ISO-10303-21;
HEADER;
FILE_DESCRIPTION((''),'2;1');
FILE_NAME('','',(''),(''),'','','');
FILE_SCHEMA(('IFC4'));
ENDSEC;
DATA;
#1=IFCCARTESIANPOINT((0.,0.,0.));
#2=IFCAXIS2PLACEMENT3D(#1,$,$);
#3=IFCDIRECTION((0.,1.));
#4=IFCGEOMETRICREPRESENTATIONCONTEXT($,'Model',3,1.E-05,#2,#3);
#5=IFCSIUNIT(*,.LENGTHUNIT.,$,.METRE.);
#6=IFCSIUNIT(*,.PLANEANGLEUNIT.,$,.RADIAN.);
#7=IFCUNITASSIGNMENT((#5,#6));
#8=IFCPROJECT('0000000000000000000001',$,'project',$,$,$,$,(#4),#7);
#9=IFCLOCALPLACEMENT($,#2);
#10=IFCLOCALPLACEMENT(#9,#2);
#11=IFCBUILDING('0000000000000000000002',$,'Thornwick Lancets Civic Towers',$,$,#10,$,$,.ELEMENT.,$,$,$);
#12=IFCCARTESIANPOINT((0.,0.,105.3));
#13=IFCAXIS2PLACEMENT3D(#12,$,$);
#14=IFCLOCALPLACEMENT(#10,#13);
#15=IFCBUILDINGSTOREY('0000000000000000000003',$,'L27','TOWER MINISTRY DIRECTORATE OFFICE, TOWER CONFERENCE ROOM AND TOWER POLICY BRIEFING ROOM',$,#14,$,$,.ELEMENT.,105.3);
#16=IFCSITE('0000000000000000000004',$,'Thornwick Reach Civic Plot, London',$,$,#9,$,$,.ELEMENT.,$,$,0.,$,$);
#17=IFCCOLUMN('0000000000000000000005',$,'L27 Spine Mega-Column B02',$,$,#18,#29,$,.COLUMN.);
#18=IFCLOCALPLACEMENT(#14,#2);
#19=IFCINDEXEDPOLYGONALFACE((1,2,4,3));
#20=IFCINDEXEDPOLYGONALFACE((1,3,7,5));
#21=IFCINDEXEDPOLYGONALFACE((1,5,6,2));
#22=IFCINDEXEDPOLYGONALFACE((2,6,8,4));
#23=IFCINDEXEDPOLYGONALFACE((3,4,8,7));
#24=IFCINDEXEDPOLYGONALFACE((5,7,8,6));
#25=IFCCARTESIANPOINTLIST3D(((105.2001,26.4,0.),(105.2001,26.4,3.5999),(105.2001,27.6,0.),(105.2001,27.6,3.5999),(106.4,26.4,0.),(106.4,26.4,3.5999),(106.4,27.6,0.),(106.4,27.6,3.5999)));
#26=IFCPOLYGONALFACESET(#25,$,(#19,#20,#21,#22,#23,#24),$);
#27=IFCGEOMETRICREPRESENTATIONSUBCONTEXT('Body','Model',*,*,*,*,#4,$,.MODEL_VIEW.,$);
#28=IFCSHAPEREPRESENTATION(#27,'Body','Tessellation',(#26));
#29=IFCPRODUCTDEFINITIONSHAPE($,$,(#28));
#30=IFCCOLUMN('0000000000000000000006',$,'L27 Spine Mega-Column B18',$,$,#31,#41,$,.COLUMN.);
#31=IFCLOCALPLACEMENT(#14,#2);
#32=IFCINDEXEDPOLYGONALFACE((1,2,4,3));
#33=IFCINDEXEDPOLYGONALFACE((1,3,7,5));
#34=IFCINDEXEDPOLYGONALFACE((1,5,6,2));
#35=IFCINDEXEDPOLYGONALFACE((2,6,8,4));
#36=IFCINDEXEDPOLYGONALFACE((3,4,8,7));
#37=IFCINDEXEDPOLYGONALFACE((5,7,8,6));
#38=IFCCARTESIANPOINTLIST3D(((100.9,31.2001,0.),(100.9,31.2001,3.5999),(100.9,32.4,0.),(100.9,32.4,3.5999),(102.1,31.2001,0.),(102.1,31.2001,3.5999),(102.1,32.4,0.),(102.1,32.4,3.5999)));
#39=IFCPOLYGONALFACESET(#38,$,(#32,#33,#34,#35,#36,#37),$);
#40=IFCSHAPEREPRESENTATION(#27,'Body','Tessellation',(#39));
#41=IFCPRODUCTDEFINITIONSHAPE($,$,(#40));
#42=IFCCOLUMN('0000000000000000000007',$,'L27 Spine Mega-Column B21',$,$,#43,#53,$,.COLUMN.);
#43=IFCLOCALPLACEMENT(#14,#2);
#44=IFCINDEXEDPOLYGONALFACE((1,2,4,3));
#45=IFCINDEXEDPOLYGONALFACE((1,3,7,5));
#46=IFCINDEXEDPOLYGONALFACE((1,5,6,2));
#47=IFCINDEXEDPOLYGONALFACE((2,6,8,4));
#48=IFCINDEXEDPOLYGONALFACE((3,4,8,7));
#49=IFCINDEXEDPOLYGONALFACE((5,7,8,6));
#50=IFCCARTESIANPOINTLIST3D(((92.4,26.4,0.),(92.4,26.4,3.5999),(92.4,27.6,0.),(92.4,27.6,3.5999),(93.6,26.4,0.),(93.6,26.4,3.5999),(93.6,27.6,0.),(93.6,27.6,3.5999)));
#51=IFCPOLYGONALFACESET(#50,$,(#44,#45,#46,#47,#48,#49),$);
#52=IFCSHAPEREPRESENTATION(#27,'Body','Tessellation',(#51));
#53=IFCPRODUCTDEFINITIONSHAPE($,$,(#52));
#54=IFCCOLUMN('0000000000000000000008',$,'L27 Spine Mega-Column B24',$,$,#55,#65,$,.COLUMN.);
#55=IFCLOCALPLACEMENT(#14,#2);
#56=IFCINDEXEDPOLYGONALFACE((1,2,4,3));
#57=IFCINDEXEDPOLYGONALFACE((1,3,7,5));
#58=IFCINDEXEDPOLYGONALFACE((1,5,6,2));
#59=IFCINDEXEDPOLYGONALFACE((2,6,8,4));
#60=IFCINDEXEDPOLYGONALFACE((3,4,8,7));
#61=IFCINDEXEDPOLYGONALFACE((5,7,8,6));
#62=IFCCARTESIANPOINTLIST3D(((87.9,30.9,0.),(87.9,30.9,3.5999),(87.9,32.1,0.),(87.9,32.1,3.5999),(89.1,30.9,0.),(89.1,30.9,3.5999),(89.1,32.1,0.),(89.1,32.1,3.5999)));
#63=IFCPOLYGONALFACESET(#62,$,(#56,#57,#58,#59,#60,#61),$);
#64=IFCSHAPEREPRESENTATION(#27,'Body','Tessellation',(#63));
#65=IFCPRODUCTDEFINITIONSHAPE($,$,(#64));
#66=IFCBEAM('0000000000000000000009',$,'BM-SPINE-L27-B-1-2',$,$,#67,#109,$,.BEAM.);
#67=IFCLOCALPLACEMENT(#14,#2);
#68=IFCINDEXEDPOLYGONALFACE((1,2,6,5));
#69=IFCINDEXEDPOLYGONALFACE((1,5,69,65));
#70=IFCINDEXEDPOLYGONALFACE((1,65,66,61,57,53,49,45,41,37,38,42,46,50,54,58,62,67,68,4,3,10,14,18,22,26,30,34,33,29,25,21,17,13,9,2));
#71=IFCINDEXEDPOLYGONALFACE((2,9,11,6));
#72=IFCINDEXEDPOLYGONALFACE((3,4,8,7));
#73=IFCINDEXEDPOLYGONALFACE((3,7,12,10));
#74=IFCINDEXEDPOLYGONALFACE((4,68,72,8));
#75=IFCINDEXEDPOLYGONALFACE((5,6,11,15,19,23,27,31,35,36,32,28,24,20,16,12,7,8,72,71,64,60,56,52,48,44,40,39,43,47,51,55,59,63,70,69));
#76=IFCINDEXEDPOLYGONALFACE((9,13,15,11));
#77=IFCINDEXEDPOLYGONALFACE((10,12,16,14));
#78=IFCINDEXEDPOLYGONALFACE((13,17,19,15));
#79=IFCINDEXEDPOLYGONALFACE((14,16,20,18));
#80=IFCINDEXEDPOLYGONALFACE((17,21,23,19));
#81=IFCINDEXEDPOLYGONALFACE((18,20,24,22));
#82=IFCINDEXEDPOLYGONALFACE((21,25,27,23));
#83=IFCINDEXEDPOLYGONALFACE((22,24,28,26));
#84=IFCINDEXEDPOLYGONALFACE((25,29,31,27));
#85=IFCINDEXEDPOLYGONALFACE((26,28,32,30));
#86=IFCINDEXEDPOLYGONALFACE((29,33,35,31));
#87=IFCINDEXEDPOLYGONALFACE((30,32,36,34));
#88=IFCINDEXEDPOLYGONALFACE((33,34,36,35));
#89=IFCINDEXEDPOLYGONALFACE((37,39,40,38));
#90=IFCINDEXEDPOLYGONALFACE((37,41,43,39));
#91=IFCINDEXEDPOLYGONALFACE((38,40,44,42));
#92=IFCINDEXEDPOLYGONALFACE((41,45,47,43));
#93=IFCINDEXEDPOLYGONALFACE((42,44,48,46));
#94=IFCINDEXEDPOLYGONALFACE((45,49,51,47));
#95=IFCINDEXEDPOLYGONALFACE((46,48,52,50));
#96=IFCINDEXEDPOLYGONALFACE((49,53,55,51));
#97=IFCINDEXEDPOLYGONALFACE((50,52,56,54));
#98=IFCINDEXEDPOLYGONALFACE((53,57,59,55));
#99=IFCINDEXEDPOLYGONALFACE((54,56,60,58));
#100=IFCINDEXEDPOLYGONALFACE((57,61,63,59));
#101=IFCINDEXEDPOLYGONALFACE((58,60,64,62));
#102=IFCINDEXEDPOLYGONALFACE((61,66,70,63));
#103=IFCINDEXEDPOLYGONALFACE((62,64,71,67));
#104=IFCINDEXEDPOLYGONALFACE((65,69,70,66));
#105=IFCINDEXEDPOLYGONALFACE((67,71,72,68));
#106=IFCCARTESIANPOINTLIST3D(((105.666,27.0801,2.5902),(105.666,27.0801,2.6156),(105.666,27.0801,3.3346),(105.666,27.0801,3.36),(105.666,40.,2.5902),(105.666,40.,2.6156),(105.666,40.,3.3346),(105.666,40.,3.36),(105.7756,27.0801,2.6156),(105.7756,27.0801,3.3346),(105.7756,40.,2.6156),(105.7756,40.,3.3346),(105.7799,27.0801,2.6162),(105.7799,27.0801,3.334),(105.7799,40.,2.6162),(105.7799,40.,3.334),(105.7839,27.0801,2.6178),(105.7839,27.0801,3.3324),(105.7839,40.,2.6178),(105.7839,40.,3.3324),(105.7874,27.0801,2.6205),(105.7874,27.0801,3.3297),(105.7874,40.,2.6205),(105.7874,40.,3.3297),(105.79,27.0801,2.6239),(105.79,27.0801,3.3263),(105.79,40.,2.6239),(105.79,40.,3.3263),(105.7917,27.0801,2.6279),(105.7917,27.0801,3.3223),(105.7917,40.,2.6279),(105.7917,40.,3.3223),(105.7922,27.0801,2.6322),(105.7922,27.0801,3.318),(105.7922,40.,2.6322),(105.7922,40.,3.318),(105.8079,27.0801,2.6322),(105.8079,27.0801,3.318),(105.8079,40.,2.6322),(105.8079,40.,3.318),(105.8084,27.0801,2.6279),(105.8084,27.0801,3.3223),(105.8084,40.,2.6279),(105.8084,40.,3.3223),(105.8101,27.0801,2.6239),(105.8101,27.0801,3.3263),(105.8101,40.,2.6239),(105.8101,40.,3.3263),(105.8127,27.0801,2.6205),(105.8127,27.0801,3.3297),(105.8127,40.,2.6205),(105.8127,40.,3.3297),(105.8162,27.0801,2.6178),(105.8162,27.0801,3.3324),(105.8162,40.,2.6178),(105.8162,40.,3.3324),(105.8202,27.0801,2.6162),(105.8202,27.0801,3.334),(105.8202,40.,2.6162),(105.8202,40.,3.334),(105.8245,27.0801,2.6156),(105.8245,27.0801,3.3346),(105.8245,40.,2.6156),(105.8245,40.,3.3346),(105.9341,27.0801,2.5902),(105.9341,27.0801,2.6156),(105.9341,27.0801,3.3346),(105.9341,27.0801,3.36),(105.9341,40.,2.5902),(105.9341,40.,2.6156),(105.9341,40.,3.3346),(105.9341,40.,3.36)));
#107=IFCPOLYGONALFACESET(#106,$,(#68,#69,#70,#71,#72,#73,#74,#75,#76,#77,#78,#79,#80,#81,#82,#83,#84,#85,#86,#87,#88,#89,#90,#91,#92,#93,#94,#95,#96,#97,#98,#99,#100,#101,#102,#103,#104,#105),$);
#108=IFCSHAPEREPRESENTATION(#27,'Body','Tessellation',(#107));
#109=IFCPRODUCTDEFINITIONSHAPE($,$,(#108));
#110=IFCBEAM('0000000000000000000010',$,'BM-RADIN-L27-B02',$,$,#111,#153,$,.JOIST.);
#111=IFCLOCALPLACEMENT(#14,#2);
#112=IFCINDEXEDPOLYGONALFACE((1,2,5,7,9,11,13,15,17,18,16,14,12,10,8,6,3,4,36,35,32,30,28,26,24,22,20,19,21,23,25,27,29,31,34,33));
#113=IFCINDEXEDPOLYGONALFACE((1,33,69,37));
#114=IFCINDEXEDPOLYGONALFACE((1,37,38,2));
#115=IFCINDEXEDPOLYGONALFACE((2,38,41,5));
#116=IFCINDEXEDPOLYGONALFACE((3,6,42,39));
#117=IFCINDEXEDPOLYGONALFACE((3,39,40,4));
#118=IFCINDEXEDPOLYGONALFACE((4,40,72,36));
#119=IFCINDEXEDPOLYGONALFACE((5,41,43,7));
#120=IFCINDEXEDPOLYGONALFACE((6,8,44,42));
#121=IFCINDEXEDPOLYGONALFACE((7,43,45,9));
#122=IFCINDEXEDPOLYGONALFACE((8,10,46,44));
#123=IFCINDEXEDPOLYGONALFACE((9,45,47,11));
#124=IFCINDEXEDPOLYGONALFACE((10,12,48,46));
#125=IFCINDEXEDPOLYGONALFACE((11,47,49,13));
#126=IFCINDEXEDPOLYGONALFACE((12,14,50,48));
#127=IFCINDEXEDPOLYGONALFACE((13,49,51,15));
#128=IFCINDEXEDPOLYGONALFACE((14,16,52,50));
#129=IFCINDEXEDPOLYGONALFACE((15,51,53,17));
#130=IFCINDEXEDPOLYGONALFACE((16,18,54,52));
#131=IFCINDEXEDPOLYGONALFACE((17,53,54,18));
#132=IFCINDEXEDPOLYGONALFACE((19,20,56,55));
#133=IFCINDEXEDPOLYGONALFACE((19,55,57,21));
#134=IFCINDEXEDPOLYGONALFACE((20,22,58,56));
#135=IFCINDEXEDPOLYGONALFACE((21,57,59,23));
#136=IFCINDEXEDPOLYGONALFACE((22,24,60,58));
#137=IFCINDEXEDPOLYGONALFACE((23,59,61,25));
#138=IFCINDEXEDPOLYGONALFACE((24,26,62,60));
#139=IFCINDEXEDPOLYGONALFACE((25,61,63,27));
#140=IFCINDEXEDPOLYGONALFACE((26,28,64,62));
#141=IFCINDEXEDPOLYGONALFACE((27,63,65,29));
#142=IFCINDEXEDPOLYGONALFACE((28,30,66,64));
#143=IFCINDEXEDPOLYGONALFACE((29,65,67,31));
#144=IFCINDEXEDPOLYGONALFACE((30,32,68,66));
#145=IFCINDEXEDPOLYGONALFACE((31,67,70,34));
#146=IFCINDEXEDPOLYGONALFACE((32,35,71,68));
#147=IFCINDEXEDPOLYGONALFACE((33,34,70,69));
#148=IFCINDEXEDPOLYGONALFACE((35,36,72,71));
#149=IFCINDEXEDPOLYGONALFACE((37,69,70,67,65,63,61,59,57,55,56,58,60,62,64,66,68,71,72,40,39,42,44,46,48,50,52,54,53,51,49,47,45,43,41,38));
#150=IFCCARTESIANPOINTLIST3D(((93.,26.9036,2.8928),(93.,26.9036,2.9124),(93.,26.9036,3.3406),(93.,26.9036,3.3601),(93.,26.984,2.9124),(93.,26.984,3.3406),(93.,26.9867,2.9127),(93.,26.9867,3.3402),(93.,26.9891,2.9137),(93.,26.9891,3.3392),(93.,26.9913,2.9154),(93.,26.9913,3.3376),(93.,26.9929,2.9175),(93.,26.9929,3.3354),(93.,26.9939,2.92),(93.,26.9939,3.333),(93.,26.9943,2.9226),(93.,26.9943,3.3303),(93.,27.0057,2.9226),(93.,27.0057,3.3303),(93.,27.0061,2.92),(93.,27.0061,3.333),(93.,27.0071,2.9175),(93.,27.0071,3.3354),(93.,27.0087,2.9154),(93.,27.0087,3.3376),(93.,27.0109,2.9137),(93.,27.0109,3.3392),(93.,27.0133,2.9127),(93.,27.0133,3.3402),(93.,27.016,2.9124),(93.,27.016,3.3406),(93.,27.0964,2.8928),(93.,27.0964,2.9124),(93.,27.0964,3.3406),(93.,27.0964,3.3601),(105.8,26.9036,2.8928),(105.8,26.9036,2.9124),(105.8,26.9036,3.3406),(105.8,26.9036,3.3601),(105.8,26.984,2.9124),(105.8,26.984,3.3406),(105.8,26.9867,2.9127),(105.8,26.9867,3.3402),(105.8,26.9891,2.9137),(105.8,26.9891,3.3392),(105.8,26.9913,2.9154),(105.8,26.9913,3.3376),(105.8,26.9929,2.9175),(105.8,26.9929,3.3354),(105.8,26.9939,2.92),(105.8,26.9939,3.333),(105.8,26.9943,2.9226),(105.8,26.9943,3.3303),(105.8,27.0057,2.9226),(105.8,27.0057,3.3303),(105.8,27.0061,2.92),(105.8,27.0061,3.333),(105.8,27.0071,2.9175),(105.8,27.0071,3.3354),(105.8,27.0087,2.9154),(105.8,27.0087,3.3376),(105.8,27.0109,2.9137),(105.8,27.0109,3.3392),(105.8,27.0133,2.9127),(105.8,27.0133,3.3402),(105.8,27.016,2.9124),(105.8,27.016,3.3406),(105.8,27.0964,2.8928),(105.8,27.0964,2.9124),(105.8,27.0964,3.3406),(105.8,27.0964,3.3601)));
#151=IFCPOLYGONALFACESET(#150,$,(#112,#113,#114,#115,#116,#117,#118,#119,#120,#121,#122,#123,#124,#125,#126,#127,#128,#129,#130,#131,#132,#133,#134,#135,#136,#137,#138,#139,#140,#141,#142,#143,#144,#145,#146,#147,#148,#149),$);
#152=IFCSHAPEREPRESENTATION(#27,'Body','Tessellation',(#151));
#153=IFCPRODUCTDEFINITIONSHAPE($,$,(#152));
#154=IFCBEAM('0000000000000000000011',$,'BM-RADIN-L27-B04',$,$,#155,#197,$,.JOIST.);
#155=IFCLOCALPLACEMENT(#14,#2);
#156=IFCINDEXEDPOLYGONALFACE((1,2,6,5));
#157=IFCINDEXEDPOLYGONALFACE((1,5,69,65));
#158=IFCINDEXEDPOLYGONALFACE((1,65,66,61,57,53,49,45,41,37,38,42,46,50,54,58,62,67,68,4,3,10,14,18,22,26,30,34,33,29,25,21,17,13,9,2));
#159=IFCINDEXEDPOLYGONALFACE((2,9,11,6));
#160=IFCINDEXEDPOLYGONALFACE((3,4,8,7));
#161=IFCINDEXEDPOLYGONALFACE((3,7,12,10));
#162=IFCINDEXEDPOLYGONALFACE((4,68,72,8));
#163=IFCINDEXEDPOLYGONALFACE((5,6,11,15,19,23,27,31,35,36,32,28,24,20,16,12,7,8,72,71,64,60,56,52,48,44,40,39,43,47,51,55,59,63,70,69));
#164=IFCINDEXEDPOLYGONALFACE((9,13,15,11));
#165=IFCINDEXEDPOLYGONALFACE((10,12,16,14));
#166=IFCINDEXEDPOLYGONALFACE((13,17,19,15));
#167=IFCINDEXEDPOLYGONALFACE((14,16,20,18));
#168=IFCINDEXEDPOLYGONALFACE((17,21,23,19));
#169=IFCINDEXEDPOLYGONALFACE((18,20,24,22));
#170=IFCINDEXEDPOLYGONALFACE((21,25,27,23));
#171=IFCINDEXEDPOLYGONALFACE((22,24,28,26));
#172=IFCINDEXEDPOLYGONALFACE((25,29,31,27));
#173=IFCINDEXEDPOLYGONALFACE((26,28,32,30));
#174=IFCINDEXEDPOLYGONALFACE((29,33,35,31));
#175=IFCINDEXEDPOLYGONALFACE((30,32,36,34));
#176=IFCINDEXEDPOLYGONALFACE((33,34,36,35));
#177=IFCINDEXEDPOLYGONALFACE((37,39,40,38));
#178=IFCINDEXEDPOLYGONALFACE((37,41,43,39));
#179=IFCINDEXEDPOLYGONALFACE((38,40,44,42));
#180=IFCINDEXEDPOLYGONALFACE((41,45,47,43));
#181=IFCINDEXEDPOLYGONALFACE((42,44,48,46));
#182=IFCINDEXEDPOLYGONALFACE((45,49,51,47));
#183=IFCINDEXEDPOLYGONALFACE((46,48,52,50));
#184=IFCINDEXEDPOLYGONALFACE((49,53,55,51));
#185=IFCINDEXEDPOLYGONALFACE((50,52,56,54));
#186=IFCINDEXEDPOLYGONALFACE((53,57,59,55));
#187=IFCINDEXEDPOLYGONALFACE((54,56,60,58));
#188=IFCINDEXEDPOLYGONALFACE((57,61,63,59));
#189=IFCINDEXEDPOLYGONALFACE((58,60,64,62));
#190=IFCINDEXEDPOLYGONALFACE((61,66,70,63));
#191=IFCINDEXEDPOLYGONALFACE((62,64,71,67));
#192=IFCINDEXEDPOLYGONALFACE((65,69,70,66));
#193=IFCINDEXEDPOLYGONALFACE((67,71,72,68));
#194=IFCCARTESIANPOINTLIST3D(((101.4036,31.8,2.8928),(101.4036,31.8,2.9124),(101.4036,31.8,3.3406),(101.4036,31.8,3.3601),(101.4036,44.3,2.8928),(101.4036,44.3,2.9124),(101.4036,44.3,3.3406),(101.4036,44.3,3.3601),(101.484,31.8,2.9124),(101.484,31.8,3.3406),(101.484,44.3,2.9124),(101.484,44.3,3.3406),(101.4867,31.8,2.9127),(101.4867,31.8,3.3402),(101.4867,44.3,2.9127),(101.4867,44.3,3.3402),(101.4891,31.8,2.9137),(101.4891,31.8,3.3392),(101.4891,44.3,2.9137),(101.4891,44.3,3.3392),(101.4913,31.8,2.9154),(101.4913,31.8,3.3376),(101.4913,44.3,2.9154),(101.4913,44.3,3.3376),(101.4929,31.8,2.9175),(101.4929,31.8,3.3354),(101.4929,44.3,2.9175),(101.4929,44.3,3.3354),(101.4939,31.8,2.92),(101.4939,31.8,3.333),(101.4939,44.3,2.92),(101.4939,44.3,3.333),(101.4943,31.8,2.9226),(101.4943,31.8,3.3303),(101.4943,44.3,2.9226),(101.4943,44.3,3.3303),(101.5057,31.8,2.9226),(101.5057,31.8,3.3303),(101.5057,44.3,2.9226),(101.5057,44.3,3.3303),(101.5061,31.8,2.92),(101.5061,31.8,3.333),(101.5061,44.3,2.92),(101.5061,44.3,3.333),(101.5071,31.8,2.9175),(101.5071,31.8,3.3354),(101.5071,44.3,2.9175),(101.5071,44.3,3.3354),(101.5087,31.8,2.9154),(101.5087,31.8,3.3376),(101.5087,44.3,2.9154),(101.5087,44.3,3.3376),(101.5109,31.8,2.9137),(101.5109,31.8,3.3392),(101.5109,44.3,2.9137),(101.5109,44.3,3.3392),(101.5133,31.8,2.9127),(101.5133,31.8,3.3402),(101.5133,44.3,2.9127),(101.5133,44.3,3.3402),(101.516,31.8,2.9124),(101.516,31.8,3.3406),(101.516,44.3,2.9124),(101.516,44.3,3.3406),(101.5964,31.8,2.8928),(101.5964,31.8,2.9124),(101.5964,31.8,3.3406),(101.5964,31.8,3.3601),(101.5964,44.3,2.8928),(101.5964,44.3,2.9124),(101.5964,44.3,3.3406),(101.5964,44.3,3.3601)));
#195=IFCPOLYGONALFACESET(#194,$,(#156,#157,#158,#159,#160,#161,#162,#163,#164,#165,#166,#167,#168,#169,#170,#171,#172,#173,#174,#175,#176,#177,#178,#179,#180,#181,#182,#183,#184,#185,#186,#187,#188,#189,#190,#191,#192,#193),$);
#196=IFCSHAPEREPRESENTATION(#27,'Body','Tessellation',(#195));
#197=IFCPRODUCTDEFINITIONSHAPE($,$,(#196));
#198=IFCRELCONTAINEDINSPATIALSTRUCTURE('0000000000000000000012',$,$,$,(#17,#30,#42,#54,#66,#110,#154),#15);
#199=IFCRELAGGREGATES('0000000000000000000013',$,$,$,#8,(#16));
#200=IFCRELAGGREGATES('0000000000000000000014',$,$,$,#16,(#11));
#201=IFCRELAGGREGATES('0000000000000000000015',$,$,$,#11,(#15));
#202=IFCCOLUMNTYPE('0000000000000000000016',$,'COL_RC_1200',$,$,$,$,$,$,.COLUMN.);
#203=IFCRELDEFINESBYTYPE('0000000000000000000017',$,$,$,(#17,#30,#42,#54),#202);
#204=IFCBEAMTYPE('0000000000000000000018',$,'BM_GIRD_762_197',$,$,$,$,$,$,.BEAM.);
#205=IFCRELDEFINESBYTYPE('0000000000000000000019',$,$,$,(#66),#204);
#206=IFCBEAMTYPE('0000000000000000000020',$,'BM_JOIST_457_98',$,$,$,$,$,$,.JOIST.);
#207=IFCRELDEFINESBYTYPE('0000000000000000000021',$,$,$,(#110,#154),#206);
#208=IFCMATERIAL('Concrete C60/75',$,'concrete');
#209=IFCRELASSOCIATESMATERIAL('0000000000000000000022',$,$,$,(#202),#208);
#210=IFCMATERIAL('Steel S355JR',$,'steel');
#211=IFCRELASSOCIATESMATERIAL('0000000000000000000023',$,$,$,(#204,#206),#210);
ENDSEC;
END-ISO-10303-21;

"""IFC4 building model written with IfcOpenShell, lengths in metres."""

from ifc_helpers import new_model, si_unit, direction, frame, origin, origin_2d, place, context, subcontext, project, spatial, rectangle, i_section, extrude, material, material_profile, profile_set, type_object, element, save


model = new_model("IFC4")

# Units and contexts
model_context = context("Model", 3, precision=1e-05, world=origin(), true_north=direction((0.0, 1.0)))
body_context = subcontext(model_context, "Body", "Model", "MODEL_VIEW")
ifc_project = project(units=[si_unit("LENGTHUNIT", "METRE"), si_unit("PLANEANGLEUNIT", "RADIAN")], contexts=[model_context])

# Site, building, storey
site_placement = place(None, origin())
site = spatial("IfcSite", under=ifc_project, at=site_placement, Name="Thornwick Reach Civic Plot, London", CompositionType="ELEMENT", RefElevation=0.0)
building_placement = place(site_placement, origin())
building = spatial("IfcBuilding", under=site, at=building_placement, Name="Thornwick Lancets Civic Towers", CompositionType="ELEMENT")
storey_placement = place(building_placement, frame((0.0, 0.0, 105.3)))
storey = spatial("IfcBuildingStorey", under=building, at=storey_placement, Name="L27", Description="TOWER MINISTRY DIRECTORATE OFFICE, TOWER CONFERENCE ROOM AND TOWER POLICY BRIEFING ROOM", CompositionType="ELEMENT", Elevation=105.3)

# Columns
ifc_material_1 = material(Name="Concrete C60/75", Category="concrete")
ifc_material_profile_1 = material_profile(ifc_material_1, rectangle(XDim=1.2, YDim=1.2, at=origin_2d()), Name="RC 1200x1200")
ifc_profile_set_1 = profile_set([ifc_material_profile_1], Name="Concrete C60/75")
column_type = type_object("IfcColumnType", Name="COL_RC_1200", PredefinedType="COLUMN", material=ifc_profile_set_1)
for number, where, z_axis, x_axis, name in (
    (1, (105.8, 27.0, 0.0), (0.0, 0.0, 1.0), (1.0, 0.0, 0.0), "L27 Spine Mega-Column B02"),
    (2, (101.5, 31.8, 0.0), (0.0, 0.0, 1.0), (1.0, 0.0, 0.0), "L27 Spine Mega-Column B18"),
    (3, (93.0, 27.0, 0.0), (0.0, 0.0, 1.0), (1.0, 0.0, 0.0), "L27 Spine Mega-Column B21"),
    (4, (88.5, 31.5, 0.0), (0.0, 0.0, 1.0), (1.0, 0.0, 0.0), "L27 Spine Mega-Column B24"),
):
    element("IfcColumn", number, at=place(storey_placement, frame(where, z_axis=z_axis, x_axis=x_axis)), inside=storey, type_object=column_type, Name=name, PredefinedType="COLUMN", context=body_context, shape_type="SweptSolid", body=[
        extrude(rectangle(XDim=1.2, YDim=1.2, at=origin_2d()), origin(), (0.0, 0.0, 1.0), 3.5999),
    ])

# Beams
ifc_material_2 = material(Name="Steel S355JR", Category="steel")
ifc_material_profile_2 = material_profile(ifc_material_2, i_section(OverallWidth=0.2681, OverallDepth=0.7698, WebThickness=0.0156, FlangeThickness=0.0254, FilletRadius=0.0166, at=origin_2d()), Name="UKB 762x267x197")
ifc_profile_set_2 = profile_set([ifc_material_profile_2], Name="Steel S355JR")
beam_type_1 = type_object("IfcBeamType", Name="BM_GIRD_762_197", PredefinedType="BEAM", material=ifc_profile_set_2)
beam_1_placement = place(storey_placement, frame((105.8, 27.0801, 2.9751), z_axis=(0.0, 1.0, 0.0), x_axis=(-1.0, 0.0, 0.0)))
element("IfcBeam", 5, at=beam_1_placement, inside=storey, type_object=beam_type_1, Name="BM-SPINE-L27-B-1-2", PredefinedType="BEAM", context=body_context, shape_type="SweptSolid", body=[
    extrude(i_section(OverallWidth=0.2681, OverallDepth=0.7698, WebThickness=0.0156, FlangeThickness=0.0254, FilletRadius=0.0166, at=origin_2d()), origin(), (0.0, 0.0, 1.0), 12.9199),
])
ifc_material_profile_3 = material_profile(ifc_material_2, i_section(OverallWidth=0.1929, OverallDepth=0.4673, WebThickness=0.0115, FlangeThickness=0.0195, FilletRadius=0.0103, at=origin_2d()), Name="UKB 457x191x98")
ifc_profile_set_3 = profile_set([ifc_material_profile_3], Name="Steel S355JR")
beam_type_2 = type_object("IfcBeamType", Name="BM_JOIST_457_98", PredefinedType="JOIST", material=ifc_profile_set_3)
beam_2_placement = place(storey_placement, frame((93.0, 27.0, 3.1265), z_axis=(1.0, 0.0, 0.0), x_axis=(0.0, 1.0, 0.0)))
element("IfcBeam", 6, at=beam_2_placement, inside=storey, type_object=beam_type_2, Name="BM-RADIN-L27-B02", PredefinedType="JOIST", context=body_context, shape_type="SweptSolid", body=[
    extrude(i_section(OverallWidth=0.1929, OverallDepth=0.4673, WebThickness=0.0115, FlangeThickness=0.0195, FilletRadius=0.0103, at=origin_2d()), origin(), (0.0, 0.0, 1.0), 12.8),
])
beam_3_placement = place(storey_placement, frame((101.5, 31.8, 3.1265), z_axis=(0.0, 1.0, 0.0), x_axis=(-1.0, 0.0, 0.0)))
element("IfcBeam", 7, at=beam_3_placement, inside=storey, type_object=beam_type_2, Name="BM-RADIN-L27-B04", PredefinedType="JOIST", context=body_context, shape_type="SweptSolid", body=[
    extrude(i_section(OverallWidth=0.1929, OverallDepth=0.4673, WebThickness=0.0115, FlangeThickness=0.0195, FilletRadius=0.0103, at=origin_2d()), origin(), (0.0, 0.0, 1.0), 12.5),
])

save(model, "model.ifc")
